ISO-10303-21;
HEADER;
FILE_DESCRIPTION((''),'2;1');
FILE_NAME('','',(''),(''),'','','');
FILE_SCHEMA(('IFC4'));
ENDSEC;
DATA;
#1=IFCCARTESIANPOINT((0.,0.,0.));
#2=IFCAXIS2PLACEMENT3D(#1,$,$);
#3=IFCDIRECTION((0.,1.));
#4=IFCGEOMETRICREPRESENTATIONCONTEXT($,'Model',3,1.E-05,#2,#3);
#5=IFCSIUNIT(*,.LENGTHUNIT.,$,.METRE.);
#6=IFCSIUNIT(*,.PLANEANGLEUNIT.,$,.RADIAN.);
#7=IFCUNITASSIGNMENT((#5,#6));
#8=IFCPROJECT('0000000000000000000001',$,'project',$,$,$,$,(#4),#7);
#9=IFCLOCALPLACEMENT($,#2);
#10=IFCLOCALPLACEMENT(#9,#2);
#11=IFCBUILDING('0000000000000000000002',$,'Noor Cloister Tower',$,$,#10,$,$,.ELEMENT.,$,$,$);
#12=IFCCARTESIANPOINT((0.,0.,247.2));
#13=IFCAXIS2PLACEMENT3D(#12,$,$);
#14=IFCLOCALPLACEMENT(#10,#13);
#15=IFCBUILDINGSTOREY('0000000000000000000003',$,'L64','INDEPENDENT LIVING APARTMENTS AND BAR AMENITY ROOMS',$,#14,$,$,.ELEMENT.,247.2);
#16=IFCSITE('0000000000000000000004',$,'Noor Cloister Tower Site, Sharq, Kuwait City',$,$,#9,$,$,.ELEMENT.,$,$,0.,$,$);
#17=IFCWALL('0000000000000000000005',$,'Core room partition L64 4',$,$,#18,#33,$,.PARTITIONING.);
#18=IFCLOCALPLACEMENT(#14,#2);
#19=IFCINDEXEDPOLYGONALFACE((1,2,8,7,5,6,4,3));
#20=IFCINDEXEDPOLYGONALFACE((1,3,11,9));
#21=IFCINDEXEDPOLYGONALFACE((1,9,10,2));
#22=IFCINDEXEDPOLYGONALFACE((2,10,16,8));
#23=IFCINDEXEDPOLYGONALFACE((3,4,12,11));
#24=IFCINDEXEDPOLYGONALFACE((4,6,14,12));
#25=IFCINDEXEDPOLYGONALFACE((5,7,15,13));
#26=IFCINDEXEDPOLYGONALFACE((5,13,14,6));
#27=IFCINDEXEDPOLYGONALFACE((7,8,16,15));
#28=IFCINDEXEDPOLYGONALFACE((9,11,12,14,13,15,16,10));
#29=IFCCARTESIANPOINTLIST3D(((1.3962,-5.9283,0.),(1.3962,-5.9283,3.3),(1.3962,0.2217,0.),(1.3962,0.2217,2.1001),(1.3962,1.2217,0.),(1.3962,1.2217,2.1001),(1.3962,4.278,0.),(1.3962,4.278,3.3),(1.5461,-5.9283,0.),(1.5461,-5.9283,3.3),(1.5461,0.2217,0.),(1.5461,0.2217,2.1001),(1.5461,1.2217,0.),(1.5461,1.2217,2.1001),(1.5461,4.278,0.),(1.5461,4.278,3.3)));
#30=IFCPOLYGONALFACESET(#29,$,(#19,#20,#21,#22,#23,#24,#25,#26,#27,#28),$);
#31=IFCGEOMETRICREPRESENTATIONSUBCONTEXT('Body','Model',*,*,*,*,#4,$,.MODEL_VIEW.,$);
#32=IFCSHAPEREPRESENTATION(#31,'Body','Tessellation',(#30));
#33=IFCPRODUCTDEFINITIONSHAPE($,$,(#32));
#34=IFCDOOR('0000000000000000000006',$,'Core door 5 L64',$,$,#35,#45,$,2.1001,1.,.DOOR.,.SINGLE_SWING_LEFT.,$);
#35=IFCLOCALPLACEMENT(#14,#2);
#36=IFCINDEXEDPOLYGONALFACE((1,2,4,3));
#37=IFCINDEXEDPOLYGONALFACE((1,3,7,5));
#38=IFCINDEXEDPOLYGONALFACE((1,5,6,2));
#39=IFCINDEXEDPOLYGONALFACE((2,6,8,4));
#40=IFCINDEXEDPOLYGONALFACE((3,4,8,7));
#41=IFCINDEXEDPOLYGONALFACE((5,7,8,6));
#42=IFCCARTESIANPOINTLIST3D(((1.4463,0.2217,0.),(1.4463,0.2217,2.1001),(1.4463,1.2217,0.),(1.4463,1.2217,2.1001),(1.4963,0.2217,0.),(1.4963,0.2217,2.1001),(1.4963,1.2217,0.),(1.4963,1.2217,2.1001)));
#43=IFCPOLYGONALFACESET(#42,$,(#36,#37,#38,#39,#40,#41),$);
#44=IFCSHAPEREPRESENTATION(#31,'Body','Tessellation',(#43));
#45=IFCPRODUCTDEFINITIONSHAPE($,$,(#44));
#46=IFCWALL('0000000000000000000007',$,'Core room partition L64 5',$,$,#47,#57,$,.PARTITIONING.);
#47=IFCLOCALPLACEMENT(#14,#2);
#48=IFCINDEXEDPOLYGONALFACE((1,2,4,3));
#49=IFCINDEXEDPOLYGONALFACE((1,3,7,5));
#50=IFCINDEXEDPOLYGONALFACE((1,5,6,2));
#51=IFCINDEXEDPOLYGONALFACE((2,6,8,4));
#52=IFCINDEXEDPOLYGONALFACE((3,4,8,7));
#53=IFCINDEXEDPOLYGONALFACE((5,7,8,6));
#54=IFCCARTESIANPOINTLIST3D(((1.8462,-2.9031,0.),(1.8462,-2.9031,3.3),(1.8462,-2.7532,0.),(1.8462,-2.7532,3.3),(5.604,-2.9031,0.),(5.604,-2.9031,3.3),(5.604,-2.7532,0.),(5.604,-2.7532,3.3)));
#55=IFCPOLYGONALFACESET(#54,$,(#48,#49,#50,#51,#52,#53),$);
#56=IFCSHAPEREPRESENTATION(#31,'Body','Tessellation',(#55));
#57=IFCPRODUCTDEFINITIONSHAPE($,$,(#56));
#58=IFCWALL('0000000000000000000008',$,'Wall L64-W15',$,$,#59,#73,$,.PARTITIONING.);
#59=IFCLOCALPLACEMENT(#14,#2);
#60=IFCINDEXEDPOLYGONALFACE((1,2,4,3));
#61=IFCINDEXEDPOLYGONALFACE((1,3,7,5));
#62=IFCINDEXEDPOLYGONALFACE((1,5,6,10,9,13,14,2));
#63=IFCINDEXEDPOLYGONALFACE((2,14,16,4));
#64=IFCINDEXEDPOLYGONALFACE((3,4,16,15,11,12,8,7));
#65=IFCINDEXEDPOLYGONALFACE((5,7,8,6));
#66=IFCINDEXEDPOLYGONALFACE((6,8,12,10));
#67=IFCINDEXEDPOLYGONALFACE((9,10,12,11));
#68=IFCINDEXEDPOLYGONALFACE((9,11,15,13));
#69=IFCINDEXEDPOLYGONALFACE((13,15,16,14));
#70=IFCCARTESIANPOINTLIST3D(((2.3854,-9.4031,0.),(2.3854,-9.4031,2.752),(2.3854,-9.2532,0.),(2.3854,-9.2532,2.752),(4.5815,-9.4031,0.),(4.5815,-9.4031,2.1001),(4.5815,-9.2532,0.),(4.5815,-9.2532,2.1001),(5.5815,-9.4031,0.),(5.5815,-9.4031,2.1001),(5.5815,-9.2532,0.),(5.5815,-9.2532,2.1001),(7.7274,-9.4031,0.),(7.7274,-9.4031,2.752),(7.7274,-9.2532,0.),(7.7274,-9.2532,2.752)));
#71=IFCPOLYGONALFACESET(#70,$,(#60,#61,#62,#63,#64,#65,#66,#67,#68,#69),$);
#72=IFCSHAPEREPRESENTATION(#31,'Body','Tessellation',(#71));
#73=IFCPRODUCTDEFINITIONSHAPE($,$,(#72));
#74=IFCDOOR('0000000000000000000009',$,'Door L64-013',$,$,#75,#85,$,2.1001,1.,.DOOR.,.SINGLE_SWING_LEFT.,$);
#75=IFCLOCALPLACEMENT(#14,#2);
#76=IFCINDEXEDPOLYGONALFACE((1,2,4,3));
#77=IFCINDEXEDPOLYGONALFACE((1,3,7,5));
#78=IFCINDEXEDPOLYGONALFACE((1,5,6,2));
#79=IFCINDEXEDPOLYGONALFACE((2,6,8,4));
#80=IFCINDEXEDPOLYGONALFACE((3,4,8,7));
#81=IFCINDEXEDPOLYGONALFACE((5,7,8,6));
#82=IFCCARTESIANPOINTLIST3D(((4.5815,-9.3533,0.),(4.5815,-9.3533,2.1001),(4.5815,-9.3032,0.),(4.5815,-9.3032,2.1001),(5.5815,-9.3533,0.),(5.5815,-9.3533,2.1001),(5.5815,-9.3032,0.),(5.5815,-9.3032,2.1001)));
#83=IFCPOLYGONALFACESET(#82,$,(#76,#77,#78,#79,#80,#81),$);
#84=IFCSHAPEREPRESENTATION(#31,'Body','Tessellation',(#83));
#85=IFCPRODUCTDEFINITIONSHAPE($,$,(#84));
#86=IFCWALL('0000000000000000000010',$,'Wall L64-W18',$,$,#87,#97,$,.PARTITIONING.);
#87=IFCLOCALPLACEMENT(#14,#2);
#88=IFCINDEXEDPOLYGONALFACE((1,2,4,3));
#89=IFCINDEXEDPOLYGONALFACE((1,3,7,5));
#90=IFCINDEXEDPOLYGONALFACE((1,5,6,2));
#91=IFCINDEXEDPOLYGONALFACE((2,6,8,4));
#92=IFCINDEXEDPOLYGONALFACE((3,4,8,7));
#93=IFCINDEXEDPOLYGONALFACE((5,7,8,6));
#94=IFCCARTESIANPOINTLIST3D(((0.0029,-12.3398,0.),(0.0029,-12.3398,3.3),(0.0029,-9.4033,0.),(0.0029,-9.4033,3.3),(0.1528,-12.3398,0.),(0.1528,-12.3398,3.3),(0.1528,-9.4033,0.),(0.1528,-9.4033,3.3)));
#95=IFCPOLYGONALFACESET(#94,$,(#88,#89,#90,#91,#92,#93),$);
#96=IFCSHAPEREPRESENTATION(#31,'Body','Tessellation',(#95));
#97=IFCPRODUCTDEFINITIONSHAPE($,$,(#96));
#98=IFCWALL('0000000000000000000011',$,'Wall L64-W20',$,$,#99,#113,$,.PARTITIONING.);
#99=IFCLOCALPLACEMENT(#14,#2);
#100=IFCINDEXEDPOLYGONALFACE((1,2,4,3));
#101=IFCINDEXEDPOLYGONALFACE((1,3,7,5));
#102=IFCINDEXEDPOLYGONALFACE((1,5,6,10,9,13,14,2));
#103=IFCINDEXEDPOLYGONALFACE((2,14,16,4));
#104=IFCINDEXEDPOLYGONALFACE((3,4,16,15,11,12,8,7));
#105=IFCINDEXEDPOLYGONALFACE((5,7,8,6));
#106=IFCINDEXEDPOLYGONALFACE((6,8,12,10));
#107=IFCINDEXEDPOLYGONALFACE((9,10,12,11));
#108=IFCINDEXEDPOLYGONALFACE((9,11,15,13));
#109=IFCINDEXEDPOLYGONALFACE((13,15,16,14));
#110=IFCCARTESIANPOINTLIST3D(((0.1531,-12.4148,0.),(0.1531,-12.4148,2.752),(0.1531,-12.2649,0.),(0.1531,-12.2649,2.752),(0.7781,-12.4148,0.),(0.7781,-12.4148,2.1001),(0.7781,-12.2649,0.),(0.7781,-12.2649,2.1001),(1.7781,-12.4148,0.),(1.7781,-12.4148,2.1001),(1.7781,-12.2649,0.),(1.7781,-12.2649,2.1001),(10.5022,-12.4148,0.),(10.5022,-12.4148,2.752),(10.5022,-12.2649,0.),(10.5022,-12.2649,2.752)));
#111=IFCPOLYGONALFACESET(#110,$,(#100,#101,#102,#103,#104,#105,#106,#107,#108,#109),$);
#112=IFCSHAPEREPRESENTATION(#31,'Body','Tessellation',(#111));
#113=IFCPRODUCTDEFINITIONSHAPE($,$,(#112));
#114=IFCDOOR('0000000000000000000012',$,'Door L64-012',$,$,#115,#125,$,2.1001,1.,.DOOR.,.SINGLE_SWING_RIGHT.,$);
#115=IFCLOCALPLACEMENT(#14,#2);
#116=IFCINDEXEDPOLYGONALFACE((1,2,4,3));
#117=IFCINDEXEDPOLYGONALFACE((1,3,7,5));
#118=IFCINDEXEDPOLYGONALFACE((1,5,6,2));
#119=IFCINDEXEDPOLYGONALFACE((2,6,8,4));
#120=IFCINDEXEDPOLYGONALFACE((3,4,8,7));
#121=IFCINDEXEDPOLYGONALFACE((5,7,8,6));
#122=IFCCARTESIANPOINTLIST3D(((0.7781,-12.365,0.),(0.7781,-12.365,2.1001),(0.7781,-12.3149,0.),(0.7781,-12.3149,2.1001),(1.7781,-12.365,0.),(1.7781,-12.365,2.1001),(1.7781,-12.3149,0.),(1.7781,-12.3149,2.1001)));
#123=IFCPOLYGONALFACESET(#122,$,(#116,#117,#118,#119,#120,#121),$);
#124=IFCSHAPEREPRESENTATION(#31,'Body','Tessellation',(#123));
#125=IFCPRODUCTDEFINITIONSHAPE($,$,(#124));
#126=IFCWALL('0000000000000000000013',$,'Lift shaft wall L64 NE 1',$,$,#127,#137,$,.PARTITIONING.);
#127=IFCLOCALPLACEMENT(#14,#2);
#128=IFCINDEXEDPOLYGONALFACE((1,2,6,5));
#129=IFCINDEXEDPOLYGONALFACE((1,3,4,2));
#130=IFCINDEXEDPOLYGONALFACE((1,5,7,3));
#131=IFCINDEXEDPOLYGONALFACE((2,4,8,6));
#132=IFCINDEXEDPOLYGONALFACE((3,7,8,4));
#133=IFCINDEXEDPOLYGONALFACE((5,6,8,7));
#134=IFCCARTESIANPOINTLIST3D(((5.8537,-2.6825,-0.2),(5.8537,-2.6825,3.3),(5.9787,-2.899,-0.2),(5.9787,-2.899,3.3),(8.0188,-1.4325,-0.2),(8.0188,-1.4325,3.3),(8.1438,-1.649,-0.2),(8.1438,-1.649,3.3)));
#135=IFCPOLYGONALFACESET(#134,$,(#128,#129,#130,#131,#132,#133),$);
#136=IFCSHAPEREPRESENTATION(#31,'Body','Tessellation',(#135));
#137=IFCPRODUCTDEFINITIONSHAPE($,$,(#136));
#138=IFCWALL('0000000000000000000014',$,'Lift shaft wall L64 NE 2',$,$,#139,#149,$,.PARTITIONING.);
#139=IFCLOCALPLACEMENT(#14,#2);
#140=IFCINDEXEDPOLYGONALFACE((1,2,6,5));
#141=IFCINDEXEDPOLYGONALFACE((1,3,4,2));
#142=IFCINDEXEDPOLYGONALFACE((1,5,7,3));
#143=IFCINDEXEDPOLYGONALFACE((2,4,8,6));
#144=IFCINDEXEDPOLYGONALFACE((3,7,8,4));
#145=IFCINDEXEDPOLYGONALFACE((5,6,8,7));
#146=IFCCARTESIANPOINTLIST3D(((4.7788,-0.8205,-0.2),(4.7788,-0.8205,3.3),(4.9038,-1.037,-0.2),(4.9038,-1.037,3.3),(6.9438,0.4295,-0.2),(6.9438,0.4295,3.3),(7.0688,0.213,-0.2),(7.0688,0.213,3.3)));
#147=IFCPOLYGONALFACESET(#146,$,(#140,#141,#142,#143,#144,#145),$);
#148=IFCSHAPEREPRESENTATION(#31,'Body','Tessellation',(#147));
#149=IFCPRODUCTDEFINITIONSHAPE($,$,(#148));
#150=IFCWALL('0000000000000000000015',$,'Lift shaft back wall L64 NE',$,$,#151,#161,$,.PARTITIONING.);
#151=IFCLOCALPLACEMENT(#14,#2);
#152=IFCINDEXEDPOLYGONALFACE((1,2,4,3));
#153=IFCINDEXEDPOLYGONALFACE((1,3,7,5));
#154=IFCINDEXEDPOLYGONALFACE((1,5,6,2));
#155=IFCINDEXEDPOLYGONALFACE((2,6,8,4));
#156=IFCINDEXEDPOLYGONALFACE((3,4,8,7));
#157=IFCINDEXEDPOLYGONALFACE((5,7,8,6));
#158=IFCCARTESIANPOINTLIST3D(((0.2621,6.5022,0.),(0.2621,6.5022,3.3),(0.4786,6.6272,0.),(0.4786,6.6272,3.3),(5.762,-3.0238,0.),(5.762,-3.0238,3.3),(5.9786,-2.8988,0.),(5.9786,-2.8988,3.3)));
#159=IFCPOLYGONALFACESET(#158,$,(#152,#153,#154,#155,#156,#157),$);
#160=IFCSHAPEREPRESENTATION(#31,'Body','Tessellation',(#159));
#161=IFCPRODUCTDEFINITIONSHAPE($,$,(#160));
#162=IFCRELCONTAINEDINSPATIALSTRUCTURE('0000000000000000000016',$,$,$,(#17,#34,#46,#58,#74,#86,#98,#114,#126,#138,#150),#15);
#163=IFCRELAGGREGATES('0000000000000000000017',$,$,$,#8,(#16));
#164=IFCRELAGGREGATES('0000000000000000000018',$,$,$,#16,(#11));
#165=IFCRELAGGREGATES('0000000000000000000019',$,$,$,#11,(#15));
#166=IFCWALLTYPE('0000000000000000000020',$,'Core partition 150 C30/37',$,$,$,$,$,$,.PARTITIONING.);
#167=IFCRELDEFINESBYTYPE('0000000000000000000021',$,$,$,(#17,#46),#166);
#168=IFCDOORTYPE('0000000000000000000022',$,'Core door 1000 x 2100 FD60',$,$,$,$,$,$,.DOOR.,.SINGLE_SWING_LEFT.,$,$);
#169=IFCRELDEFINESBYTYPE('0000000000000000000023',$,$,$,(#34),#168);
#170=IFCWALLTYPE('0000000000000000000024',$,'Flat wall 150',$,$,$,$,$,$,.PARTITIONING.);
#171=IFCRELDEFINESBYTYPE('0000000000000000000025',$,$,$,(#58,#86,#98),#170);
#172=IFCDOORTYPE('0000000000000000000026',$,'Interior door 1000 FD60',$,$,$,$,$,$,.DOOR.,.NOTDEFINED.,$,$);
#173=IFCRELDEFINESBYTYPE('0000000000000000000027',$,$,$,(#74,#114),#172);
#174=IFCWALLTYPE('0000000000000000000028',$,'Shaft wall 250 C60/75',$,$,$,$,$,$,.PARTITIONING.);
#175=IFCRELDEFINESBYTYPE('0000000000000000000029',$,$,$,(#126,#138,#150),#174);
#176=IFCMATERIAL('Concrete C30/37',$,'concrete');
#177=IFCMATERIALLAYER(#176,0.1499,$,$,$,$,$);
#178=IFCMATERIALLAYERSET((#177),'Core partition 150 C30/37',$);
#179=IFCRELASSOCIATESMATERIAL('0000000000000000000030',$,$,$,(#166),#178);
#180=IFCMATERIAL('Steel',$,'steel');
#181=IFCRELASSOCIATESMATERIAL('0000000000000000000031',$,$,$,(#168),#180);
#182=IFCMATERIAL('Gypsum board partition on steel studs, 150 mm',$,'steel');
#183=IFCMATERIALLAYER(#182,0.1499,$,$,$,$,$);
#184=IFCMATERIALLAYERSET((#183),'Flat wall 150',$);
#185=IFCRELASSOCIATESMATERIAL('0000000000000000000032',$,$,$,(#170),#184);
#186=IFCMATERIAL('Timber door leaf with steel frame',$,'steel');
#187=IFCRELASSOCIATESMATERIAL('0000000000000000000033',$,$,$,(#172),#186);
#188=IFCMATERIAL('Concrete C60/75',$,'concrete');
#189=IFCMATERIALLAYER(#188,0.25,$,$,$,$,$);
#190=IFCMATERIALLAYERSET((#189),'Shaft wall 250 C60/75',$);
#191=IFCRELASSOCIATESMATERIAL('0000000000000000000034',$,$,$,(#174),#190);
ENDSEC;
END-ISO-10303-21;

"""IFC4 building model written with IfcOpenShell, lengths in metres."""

from ifc_helpers import new_model, si_unit, direction, frame, frame_2d, origin, place, context, subcontext, project, spatial, rectangle, extrude, material, layer, layer_set, type_object, element, fill, save


model = new_model("IFC4")

# Units and contexts
model_context = context("Model", 3, precision=1e-05, world=origin(), true_north=direction((0.0, 1.0)))
body_context = subcontext(model_context, "Body", "Model", "MODEL_VIEW")
ifc_project = project(units=[si_unit("LENGTHUNIT", "METRE"), si_unit("PLANEANGLEUNIT", "RADIAN")], contexts=[model_context])

# Site, building, storey
site_placement = place(None, origin())
site = spatial("IfcSite", under=ifc_project, at=site_placement, Name="Noor Cloister Tower Site, Sharq, Kuwait City", CompositionType="ELEMENT", RefElevation=0.0)
building_placement = place(site_placement, origin())
building = spatial("IfcBuilding", under=site, at=building_placement, Name="Noor Cloister Tower", CompositionType="ELEMENT")
storey_placement = place(building_placement, frame((0.0, 0.0, 247.2)))
storey = spatial("IfcBuildingStorey", under=building, at=storey_placement, Name="L64", Description="INDEPENDENT LIVING APARTMENTS AND BAR AMENITY ROOMS", CompositionType="ELEMENT", Elevation=247.2)

# Wall, opening, door
ifc_material_1 = material(Name="Concrete C30/37", Category="concrete")
ifc_layer_1 = layer(ifc_material_1, 0.1499)
ifc_layer_set_1 = layer_set([ifc_layer_1], Name="Core partition 150 C30/37")
wall_type_1 = type_object("IfcWallType", Name="Core partition 150 C30/37", PredefinedType="PARTITIONING", material=ifc_layer_set_1)
wall_1_placement = place(storey_placement, frame((1.4712, -5.9282, 0.0), z_axis=(0.0, 0.0, 1.0), x_axis=(0.0, 1.0, 0.0)))
wall_1 = element("IfcWall", 1, at=wall_1_placement, inside=storey, type_object=wall_type_1, Name="Core room partition L64 4", PredefinedType="PARTITIONING", context=body_context, shape_type="SweptSolid", body=[
    extrude(rectangle(XDim=10.2063, YDim=0.1499, at=frame_2d((5.103, 0.0))), origin(), (0.0, 0.0, 1.0), 3.3),
])
opening_1_placement = place(wall_1_placement, frame((6.1499, 0.0, 0.0)))
opening_1 = element("IfcOpeningElement", 2, at=opening_1_placement, cuts=wall_1, PredefinedType="OPENING", context=body_context, shape_type="SweptSolid", body=[
    extrude(rectangle(XDim=1.0, YDim=2.1001, at=frame_2d((0.5, 1.05))), frame((0.0, 0.085, 0.0), z_axis=(0.0, -1.0, 0.0), x_axis=(1.0, 0.0, 0.0)), (0.0, 0.0, 1.0), 0.1699),
])
ifc_material_2 = material(Name="Steel", Category="steel")
door_type_1 = type_object("IfcDoorType", Name="Core door 1000 x 2100 FD60", OperationType="SINGLE_SWING_LEFT", PredefinedType="DOOR", material=ifc_material_2)
door_1_placement = place(opening_1_placement, origin())
door_1 = element("IfcDoor", 3, at=door_1_placement, inside=storey, type_object=door_type_1, Name="Core door 5 L64", OperationType="SINGLE_SWING_LEFT", OverallHeight=2.1001, OverallWidth=1.0, PredefinedType="DOOR", context=body_context, shape_type="SweptSolid", body=[
    extrude(rectangle(XDim=1.0, YDim=2.1001, at=frame_2d((0.5, 1.05))), frame((0.0, 0.0249, 0.0), z_axis=(0.0, -1.0, 0.0), x_axis=(1.0, 0.0, 0.0)), (0.0, 0.0, 1.0), 0.05),
])
fill(opening_1, door_1)

# Wall
wall_2_placement = place(storey_placement, frame((1.8462, -2.8281, 0.0), z_axis=(0.0, 0.0, 1.0), x_axis=(1.0, 0.0, 0.0)))
element("IfcWall", 4, at=wall_2_placement, inside=storey, type_object=wall_type_1, Name="Core room partition L64 5", PredefinedType="PARTITIONING", context=body_context, shape_type="SweptSolid", body=[
    extrude(rectangle(XDim=3.7578, YDim=0.1499, at=frame_2d((1.8789, 0.0))), origin(), (0.0, 0.0, 1.0), 3.3),
])

# Wall, opening, door
ifc_material_3 = material(Name="Gypsum board partition on steel studs, 150 mm", Category="steel")
ifc_layer_2 = layer(ifc_material_3, 0.1499)
ifc_layer_set_2 = layer_set([ifc_layer_2], Name="Flat wall 150")
wall_type_2 = type_object("IfcWallType", Name="Flat wall 150", PredefinedType="PARTITIONING", material=ifc_layer_set_2)
wall_3_placement = place(storey_placement, frame((2.3855, -9.3281, 0.0), z_axis=(0.0, 0.0, 1.0), x_axis=(1.0, 0.0, 0.0)))
wall_3 = element("IfcWall", 5, at=wall_3_placement, inside=storey, type_object=wall_type_2, Name="Wall L64-W15", PredefinedType="PARTITIONING", context=body_context, shape_type="SweptSolid", body=[
    extrude(rectangle(XDim=5.342, YDim=0.1499, at=frame_2d((2.6709, 0.0))), origin(), (0.0, 0.0, 1.0), 2.752),
])
opening_2_placement = place(wall_3_placement, frame((2.196, 0.0, 0.0)))
opening_2 = element("IfcOpeningElement", 6, at=opening_2_placement, cuts=wall_3, PredefinedType="OPENING", context=body_context, shape_type="SweptSolid", body=[
    extrude(rectangle(XDim=1.0, YDim=2.1001, at=frame_2d((0.5, 1.05))), frame((0.0, 0.085, 0.0), z_axis=(0.0, -1.0, 0.0), x_axis=(1.0, 0.0, 0.0)), (0.0, 0.0, 1.0), 0.1699),
])
ifc_material_4 = material(Name="Timber door leaf with steel frame", Category="steel")
door_type_2 = type_object("IfcDoorType", Name="Interior door 1000 FD60", OperationType="NOTDEFINED", PredefinedType="DOOR", material=ifc_material_4)
door_2_placement = place(opening_2_placement, origin())
door_2 = element("IfcDoor", 7, at=door_2_placement, inside=storey, type_object=door_type_2, Name="Door L64-013", OperationType="SINGLE_SWING_LEFT", OverallHeight=2.1001, OverallWidth=1.0, PredefinedType="DOOR", context=body_context, shape_type="SweptSolid", body=[
    extrude(rectangle(XDim=1.0, YDim=2.1001, at=frame_2d((0.5, 1.05))), frame((0.0, 0.0249, 0.0), z_axis=(0.0, -1.0, 0.0), x_axis=(1.0, 0.0, 0.0)), (0.0, 0.0, 1.0), 0.05),
])
fill(opening_2, door_2)

# Wall
wall_4_placement = place(storey_placement, frame((0.0779, -9.4033, 0.0), z_axis=(0.0, 0.0, 1.0), x_axis=(0.0, -1.0, 0.0)))
element("IfcWall", 8, at=wall_4_placement, inside=storey, type_object=wall_type_2, Name="Wall L64-W18", PredefinedType="PARTITIONING", context=body_context, shape_type="SweptSolid", body=[
    extrude(rectangle(XDim=2.9365, YDim=0.1499, at=frame_2d((1.4683, 0.0))), origin(), (0.0, 0.0, 1.0), 3.3),
])

# Wall, opening, door
wall_5_placement = place(storey_placement, frame((0.1531, -12.3398, 0.0), z_axis=(0.0, 0.0, 1.0), x_axis=(1.0, 0.0, 0.0)))
wall_5 = element("IfcWall", 9, at=wall_5_placement, inside=storey, type_object=wall_type_2, Name="Wall L64-W20", PredefinedType="PARTITIONING", context=body_context, shape_type="SweptSolid", body=[
    extrude(rectangle(XDim=10.3491, YDim=0.1499, at=frame_2d((5.1746, 0.0))), origin(), (0.0, 0.0, 1.0), 2.752),
])
opening_3_placement = place(wall_5_placement, frame((0.625, 0.0, 0.0)))
opening_3 = element("IfcOpeningElement", 10, at=opening_3_placement, cuts=wall_5, PredefinedType="OPENING", context=body_context, shape_type="SweptSolid", body=[
    extrude(rectangle(XDim=1.0, YDim=2.1001, at=frame_2d((0.5, 1.05))), frame((0.0, 0.085, 0.0), z_axis=(0.0, -1.0, 0.0), x_axis=(1.0, 0.0, 0.0)), (0.0, 0.0, 1.0), 0.1699),
])
door_3_placement = place(opening_3_placement, origin())
door_3 = element("IfcDoor", 11, at=door_3_placement, inside=storey, type_object=door_type_2, Name="Door L64-012", OperationType="SINGLE_SWING_RIGHT", OverallHeight=2.1001, OverallWidth=1.0, PredefinedType="DOOR", context=body_context, shape_type="SweptSolid", body=[
    extrude(rectangle(XDim=1.0, YDim=2.1001, at=frame_2d((0.5, 1.05))), frame((0.0, 0.0249, 0.0), z_axis=(0.0, -1.0, 0.0), x_axis=(1.0, 0.0, 0.0)), (0.0, 0.0, 1.0), 0.05),
])
fill(opening_3, door_3)

# Walls
ifc_material_5 = material(Name="Concrete C60/75", Category="concrete")
ifc_layer_3 = layer(ifc_material_5, 0.25)
ifc_layer_set_3 = layer_set([ifc_layer_3], Name="Shaft wall 250 C60/75")
wall_type_3 = type_object("IfcWallType", Name="Shaft wall 250 C60/75", PredefinedType="PARTITIONING", material=ifc_layer_set_3)
for number, where, z_axis, x_axis, name in (
    (12, (8.0813, -1.5408, -0.2), (0.0, 0.0, 1.0), (-0.866023, -0.500004, 0.0), "Lift shaft wall L64 NE 1"),
    (13, (7.0063, 0.3213, -0.2), (0.0, 0.0, 1.0), (-0.866023, -0.500004, 0.0), "Lift shaft wall L64 NE 2"),
):
    element("IfcWall", number, at=place(storey_placement, frame(where, z_axis=z_axis, x_axis=x_axis)), inside=storey, type_object=wall_type_3, Name=name, PredefinedType="PARTITIONING", context=body_context, shape_type="SweptSolid", body=[
        extrude(rectangle(XDim=2.5, YDim=0.25, at=frame_2d((1.25, 0.0))), origin(), (0.0, 0.0, 1.0), 3.5),
    ])
wall_6_placement = place(storey_placement, frame((5.8704, -2.9614, 0.0), z_axis=(0.0, 0.0, 1.0), x_axis=(-0.500006, 0.866022, 0.0)))
element("IfcWall", 14, at=wall_6_placement, inside=storey, type_object=wall_type_3, Name="Lift shaft back wall L64 NE", PredefinedType="PARTITIONING", context=body_context, shape_type="SweptSolid", body=[
    extrude(rectangle(XDim=10.9998, YDim=0.25, at=frame_2d((5.5, 0.0))), origin(), (0.0, 0.0, 1.0), 3.3),
])

save(model, "model.ifc")
